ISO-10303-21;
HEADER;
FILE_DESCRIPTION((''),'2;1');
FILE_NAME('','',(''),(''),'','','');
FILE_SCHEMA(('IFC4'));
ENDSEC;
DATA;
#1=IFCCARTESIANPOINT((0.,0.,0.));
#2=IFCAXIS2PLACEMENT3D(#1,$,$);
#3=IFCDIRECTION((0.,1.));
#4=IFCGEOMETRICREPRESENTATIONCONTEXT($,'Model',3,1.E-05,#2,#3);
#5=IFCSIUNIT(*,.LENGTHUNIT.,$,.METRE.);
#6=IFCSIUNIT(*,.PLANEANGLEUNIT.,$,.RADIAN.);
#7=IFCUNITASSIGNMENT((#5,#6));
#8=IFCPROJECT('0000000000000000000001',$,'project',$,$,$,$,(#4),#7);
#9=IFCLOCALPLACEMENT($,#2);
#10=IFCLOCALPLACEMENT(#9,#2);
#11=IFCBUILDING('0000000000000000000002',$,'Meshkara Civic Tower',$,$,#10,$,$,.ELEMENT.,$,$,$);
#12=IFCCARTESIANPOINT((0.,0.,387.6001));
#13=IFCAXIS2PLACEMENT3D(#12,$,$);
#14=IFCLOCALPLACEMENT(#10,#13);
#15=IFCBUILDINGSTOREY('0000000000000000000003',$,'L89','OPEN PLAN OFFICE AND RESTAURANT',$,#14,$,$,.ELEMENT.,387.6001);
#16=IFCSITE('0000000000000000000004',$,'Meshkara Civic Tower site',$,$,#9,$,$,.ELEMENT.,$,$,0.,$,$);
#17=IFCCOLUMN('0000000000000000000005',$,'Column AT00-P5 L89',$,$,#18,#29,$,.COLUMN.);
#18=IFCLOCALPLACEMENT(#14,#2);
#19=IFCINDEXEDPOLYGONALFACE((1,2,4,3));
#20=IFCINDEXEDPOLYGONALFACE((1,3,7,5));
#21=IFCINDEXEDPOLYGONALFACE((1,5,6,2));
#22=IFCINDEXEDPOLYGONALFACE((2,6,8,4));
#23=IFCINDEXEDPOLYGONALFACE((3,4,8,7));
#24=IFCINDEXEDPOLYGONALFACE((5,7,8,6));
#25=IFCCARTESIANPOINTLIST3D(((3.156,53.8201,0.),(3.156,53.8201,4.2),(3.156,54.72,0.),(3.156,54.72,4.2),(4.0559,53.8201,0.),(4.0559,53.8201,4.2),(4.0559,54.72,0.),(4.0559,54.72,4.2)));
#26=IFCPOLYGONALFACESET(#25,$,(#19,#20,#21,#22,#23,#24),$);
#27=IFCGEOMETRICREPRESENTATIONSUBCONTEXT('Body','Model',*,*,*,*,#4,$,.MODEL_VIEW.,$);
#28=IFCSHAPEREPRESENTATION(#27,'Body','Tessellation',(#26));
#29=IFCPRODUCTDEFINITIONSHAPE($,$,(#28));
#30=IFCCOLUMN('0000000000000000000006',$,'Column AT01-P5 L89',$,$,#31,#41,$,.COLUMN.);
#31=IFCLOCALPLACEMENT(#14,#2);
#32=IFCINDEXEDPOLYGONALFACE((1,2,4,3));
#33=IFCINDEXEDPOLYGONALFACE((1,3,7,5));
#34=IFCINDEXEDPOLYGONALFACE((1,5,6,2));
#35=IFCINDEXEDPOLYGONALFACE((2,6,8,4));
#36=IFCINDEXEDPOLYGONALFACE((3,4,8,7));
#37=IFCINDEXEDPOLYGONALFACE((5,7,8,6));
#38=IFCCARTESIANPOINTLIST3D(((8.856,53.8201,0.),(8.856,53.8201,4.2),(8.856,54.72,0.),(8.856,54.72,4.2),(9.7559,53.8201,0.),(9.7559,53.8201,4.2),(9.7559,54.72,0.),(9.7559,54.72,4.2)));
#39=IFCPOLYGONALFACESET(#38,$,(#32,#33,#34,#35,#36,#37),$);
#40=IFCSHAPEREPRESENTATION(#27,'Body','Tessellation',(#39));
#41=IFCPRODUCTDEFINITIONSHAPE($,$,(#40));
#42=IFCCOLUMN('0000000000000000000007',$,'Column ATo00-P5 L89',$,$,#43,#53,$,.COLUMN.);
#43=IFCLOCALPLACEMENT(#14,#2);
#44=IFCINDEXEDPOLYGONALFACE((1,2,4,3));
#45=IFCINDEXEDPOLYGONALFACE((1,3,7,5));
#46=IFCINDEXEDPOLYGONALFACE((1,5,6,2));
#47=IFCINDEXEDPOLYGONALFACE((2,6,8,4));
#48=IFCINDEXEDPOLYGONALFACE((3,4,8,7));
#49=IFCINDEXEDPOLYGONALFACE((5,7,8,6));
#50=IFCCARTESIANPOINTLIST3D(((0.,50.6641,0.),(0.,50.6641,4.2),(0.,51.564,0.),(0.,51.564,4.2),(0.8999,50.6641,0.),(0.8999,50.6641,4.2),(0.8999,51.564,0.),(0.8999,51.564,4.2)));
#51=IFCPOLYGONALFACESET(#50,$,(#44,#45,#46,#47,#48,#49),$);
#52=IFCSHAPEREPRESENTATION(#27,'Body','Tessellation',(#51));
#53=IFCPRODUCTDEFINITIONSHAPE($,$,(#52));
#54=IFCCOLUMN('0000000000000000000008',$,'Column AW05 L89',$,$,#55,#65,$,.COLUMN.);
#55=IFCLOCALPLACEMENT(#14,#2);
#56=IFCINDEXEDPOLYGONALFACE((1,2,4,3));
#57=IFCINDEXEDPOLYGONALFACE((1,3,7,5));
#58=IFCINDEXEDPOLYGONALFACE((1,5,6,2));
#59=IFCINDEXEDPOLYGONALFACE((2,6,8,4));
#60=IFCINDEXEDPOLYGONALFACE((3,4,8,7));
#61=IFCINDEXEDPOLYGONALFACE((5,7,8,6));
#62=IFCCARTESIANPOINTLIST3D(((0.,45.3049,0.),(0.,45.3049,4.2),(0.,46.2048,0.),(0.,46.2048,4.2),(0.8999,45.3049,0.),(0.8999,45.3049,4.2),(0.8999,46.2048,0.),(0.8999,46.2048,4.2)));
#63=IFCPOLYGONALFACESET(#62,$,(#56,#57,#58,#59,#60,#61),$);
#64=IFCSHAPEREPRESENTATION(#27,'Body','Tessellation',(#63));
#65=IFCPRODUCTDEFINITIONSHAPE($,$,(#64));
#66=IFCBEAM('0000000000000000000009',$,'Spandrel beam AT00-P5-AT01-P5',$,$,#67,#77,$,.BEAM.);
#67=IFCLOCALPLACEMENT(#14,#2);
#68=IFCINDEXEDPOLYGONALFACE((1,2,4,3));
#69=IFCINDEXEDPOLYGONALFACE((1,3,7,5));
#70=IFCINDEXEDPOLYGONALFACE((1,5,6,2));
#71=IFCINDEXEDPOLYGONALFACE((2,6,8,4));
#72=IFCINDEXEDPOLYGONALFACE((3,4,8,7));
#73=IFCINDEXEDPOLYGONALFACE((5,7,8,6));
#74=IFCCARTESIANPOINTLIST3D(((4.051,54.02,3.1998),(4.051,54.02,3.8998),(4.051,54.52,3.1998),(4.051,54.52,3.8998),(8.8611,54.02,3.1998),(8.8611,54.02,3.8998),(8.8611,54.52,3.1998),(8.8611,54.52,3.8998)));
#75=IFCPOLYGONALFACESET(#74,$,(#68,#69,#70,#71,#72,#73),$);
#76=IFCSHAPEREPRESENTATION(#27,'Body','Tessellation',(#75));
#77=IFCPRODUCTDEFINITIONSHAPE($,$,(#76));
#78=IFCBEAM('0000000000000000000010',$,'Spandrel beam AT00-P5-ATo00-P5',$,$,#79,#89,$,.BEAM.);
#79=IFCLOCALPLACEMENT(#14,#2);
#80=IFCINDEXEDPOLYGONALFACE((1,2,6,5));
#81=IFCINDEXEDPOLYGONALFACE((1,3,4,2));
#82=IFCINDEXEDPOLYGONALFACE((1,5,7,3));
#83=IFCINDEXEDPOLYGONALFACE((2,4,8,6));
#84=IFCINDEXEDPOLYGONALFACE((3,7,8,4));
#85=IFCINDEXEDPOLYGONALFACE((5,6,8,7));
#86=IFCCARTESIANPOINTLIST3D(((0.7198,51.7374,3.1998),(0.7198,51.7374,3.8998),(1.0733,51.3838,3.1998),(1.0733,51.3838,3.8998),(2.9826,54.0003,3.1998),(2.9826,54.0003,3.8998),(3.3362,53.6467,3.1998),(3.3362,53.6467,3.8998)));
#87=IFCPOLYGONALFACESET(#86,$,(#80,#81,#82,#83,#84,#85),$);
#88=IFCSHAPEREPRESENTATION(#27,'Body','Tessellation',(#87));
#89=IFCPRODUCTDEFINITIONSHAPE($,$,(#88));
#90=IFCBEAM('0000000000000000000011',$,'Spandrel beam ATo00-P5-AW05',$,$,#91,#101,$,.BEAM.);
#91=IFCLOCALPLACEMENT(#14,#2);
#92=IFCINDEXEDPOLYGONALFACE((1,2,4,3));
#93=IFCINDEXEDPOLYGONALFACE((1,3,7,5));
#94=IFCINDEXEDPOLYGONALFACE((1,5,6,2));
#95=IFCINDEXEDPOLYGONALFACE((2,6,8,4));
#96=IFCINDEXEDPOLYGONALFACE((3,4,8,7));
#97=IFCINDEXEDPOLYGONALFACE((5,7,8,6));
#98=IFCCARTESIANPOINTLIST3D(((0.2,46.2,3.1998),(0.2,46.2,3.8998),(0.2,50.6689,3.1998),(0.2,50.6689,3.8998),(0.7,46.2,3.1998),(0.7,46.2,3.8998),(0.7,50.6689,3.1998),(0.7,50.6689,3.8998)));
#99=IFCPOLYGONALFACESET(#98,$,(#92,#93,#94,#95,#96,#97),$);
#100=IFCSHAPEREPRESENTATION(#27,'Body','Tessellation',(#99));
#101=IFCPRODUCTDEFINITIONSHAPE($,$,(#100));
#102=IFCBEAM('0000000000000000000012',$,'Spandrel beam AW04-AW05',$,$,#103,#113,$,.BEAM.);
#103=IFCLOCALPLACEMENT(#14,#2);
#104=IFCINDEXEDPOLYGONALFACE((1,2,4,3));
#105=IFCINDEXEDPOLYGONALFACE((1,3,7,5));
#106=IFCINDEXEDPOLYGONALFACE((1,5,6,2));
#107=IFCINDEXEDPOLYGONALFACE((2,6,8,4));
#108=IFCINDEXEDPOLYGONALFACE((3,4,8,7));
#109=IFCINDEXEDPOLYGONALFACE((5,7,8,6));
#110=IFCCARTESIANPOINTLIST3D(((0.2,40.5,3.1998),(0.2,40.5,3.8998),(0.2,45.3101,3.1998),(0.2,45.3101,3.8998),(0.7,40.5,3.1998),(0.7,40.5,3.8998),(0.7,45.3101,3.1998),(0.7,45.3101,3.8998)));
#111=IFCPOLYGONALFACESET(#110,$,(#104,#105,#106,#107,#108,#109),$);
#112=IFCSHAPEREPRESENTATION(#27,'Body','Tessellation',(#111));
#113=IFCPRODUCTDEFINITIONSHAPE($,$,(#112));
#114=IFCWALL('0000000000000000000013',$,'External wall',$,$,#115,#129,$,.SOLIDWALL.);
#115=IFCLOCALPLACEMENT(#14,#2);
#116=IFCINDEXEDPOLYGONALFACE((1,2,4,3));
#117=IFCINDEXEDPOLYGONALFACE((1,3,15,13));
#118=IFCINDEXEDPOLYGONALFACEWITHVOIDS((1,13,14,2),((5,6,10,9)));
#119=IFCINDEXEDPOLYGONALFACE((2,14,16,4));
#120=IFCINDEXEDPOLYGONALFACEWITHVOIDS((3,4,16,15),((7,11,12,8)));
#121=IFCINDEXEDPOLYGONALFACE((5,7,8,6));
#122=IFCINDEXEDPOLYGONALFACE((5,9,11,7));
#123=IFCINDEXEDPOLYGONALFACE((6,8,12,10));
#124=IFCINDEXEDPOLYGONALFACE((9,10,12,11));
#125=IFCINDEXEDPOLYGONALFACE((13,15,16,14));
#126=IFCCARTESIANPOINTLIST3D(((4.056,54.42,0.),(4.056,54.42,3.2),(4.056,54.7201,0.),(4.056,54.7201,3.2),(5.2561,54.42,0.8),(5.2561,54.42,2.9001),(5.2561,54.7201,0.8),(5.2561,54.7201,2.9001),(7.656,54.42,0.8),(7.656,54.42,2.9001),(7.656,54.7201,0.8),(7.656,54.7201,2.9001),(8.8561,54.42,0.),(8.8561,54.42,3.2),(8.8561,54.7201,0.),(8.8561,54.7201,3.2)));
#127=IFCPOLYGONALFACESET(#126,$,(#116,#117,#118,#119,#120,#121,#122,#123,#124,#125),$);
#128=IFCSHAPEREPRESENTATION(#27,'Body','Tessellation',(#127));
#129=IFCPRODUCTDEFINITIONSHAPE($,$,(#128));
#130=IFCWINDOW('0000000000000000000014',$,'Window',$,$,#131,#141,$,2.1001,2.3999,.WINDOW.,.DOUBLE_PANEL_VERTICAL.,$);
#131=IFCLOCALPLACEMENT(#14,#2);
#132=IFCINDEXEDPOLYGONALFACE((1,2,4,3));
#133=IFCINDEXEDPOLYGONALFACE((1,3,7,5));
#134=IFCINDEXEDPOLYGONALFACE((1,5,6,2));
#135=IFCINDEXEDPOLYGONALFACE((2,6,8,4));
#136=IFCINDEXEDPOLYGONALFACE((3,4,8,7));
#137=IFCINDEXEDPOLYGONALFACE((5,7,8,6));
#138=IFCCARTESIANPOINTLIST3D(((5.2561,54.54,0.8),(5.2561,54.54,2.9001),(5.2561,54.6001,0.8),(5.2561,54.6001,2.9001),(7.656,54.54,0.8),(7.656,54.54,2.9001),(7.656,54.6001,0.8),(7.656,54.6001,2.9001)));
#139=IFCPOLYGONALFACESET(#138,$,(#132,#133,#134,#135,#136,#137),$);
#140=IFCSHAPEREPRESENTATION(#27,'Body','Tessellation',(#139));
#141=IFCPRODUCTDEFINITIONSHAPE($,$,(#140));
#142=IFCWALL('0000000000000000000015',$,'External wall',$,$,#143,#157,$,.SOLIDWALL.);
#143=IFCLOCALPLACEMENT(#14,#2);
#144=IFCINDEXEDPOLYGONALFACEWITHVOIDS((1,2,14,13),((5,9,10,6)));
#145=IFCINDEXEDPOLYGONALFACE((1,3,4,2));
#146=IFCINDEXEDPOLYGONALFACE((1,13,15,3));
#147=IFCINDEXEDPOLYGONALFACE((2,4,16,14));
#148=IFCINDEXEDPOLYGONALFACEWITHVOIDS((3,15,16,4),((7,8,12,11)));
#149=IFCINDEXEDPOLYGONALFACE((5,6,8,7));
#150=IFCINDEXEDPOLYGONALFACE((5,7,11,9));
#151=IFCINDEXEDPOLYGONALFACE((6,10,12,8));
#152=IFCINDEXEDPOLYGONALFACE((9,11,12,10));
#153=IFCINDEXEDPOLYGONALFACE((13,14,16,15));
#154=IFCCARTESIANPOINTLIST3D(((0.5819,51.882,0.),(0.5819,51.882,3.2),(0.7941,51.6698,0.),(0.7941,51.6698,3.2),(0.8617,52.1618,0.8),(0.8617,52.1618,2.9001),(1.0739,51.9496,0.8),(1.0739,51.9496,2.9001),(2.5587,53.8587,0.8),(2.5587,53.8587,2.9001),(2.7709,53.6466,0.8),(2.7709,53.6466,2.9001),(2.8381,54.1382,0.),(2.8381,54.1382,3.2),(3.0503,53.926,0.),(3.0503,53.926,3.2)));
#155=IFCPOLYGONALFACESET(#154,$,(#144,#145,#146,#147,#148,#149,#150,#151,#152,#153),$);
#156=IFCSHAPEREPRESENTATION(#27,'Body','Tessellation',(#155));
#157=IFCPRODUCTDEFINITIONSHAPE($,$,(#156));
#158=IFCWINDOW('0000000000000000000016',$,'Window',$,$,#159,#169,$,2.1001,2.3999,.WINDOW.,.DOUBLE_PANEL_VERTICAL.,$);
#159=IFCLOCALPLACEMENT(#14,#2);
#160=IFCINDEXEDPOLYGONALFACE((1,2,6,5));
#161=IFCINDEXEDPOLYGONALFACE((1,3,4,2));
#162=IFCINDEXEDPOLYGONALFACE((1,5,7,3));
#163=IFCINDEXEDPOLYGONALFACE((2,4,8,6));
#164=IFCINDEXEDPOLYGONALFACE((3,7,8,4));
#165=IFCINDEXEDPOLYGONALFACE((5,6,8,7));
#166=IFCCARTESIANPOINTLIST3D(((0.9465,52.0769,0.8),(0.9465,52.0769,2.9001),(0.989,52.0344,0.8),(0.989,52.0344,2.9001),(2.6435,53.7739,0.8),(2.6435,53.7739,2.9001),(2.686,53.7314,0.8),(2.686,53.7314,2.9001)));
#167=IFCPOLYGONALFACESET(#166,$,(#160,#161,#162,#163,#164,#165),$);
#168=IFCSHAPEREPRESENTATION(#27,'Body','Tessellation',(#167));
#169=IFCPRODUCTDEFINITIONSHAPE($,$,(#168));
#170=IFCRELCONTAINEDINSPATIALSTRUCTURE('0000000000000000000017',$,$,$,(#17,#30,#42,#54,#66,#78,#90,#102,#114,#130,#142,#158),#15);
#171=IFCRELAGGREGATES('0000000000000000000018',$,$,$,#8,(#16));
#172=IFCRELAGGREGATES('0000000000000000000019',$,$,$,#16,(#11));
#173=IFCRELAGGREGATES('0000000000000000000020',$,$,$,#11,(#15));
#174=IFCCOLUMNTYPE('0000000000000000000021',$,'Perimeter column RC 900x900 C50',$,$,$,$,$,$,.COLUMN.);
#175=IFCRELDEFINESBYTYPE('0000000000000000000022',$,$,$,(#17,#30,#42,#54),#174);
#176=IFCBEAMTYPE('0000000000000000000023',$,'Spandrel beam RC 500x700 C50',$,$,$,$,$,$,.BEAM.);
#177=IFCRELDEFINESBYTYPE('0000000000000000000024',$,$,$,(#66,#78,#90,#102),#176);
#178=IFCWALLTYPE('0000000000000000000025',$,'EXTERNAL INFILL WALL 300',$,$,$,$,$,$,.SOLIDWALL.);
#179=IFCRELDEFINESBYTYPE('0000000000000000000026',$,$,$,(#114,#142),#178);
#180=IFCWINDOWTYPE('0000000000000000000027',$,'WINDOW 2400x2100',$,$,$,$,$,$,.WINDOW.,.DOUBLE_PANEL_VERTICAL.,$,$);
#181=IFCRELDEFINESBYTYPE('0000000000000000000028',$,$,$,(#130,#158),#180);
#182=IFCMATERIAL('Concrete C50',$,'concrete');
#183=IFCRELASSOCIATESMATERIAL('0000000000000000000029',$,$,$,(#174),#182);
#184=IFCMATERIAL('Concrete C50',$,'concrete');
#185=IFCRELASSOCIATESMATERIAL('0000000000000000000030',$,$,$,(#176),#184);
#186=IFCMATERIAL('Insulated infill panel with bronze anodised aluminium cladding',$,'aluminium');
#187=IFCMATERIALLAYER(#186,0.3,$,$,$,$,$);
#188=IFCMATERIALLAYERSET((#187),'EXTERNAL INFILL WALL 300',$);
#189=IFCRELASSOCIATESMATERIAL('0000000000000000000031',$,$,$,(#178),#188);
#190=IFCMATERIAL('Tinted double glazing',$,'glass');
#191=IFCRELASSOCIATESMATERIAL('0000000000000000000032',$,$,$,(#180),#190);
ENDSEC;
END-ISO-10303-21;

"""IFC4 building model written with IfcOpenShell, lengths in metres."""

from ifc_helpers import new_model, si_unit, direction, frame, frame_2d, origin, origin_2d, place, context, subcontext, project, spatial, rectangle, extrude, material, layer, layer_set, material_profile, profile_set, type_object, element, fill, save


model = new_model("IFC4")

# Units and contexts
model_context = context("Model", 3, precision=1e-05, world=origin(), true_north=direction((0.0, 1.0)))
body_context = subcontext(model_context, "Body", "Model", "MODEL_VIEW")
ifc_project = project(units=[si_unit("LENGTHUNIT", "METRE"), si_unit("PLANEANGLEUNIT", "RADIAN")], contexts=[model_context])

# Site, building, storey
site_placement = place(None, origin())
site = spatial("IfcSite", under=ifc_project, at=site_placement, Name="Meshkara Civic Tower site", CompositionType="ELEMENT", RefElevation=0.0)
building_placement = place(site_placement, origin())
building = spatial("IfcBuilding", under=site, at=building_placement, Name="Meshkara Civic Tower", CompositionType="ELEMENT")
storey_placement = place(building_placement, frame((0.0, 0.0, 387.6001)))
storey = spatial("IfcBuildingStorey", under=building, at=storey_placement, Name="L89", Description="OPEN PLAN OFFICE AND RESTAURANT", CompositionType="ELEMENT", Elevation=387.6001)

# Columns
ifc_material_1 = material(Name="Concrete C50", Category="concrete")
ifc_material_profile_1 = material_profile(ifc_material_1, rectangle(XDim=0.8999, YDim=0.8999, at=origin_2d()))
ifc_profile_set_1 = profile_set([ifc_material_profile_1], Name="Concrete C50")
column_type = type_object("IfcColumnType", Name="Perimeter column RC 900x900 C50", PredefinedType="COLUMN", material=ifc_profile_set_1)
for number, where, z_axis, x_axis, name in (
    (1, (3.606, 54.27, 0.0), (0.0, 0.0, 1.0), (1.0, 0.0, 0.0), "Column AT00-P5 L89"),
    (2, (9.3059, 54.27, 0.0), (0.0, 0.0, 1.0), (1.0, 0.0, 0.0), "Column AT01-P5 L89"),
    (3, (0.45, 51.114, 0.0), (0.0, 0.0, 1.0), (1.0, 0.0, 0.0), "Column ATo00-P5 L89"),
    (4, (0.45, 45.7549, 0.0), (0.0, 0.0, 1.0), (1.0, 0.0, 0.0), "Column AW05 L89"),
):
    element("IfcColumn", number, at=place(storey_placement, frame(where, z_axis=z_axis, x_axis=x_axis)), inside=storey, type_object=column_type, Name=name, PredefinedType="COLUMN", context=body_context, shape_type="SweptSolid", body=[
        extrude(rectangle(XDim=0.8999, YDim=0.8999, at=origin_2d()), origin(), (0.0, 0.0, 1.0), 4.2),
    ])

# Beams
ifc_material_2 = material(Name="Concrete C50", Category="concrete")
ifc_material_profile_2 = material_profile(ifc_material_2, rectangle(XDim=0.5, YDim=0.7, at=origin_2d()))
ifc_profile_set_2 = profile_set([ifc_material_profile_2], Name="Concrete C50")
beam_type = type_object("IfcBeamType", Name="Spandrel beam RC 500x700 C50", PredefinedType="BEAM", material=ifc_profile_set_2)
beam_1_placement = place(storey_placement, frame((8.8611, 54.27, 3.5498), z_axis=(-1.0, 0.0, 0.0), x_axis=(0.0, -1.0, 0.0)))
element("IfcBeam", 5, at=beam_1_placement, inside=storey, type_object=beam_type, Name="Spandrel beam AT00-P5-AT01-P5", PredefinedType="BEAM", context=body_context, shape_type="SweptSolid", body=[
    extrude(rectangle(XDim=0.5, YDim=0.7, at=origin_2d()), origin(), (0.0, 0.0, 1.0), 4.8101),
])
beam_2_placement = place(storey_placement, frame((3.1594, 53.8235, 3.5498), z_axis=(-0.707107, -0.707107, 0.0), x_axis=(0.707107, -0.707107, 0.0)))
element("IfcBeam", 6, at=beam_2_placement, inside=storey, type_object=beam_type, Name="Spandrel beam AT00-P5-ATo00-P5", PredefinedType="BEAM", context=body_context, shape_type="SweptSolid", body=[
    extrude(rectangle(XDim=0.5, YDim=0.7, at=origin_2d()), origin(), (0.0, 0.0, 1.0), 3.2002),
])
beam_3_placement = place(storey_placement, frame((0.45, 50.6689, 3.5498), z_axis=(0.0, -1.0, 0.0), x_axis=(1.0, 0.0, 0.0)))
element("IfcBeam", 7, at=beam_3_placement, inside=storey, type_object=beam_type, Name="Spandrel beam ATo00-P5-AW05", PredefinedType="BEAM", context=body_context, shape_type="SweptSolid", body=[
    extrude(rectangle(XDim=0.5, YDim=0.7, at=origin_2d()), origin(), (0.0, 0.0, 1.0), 4.469),
])
beam_4_placement = place(storey_placement, frame((0.45, 45.3101, 3.5498), z_axis=(0.0, -1.0, 0.0), x_axis=(1.0, 0.0, 0.0)))
element("IfcBeam", 8, at=beam_4_placement, inside=storey, type_object=beam_type, Name="Spandrel beam AW04-AW05", PredefinedType="BEAM", context=body_context, shape_type="SweptSolid", body=[
    extrude(rectangle(XDim=0.5, YDim=0.7, at=origin_2d()), origin(), (0.0, 0.0, 1.0), 4.8101),
])

# Walls, openings, windows
ifc_material_3 = material(Name="Insulated infill panel with bronze anodised aluminium cladding", Category="aluminium")
ifc_layer_1 = layer(ifc_material_3, 0.3)
ifc_layer_set_1 = layer_set([ifc_layer_1], Name="EXTERNAL INFILL WALL 300")
wall_type_1 = type_object("IfcWallType", Name="EXTERNAL INFILL WALL 300", PredefinedType="SOLIDWALL", material=ifc_layer_set_1)
wall_1_placement = place(storey_placement, frame((8.856, 54.5701, 0.0), z_axis=(0.0, 0.0, 1.0), x_axis=(-1.0, 0.0, 0.0)))
wall_1 = element("IfcWall", 9, at=wall_1_placement, inside=storey, type_object=wall_type_1, Name="External wall", PredefinedType="SOLIDWALL", context=body_context, shape_type="SweptSolid", body=[
    extrude(rectangle(XDim=4.8, YDim=0.3, at=frame_2d((2.3999, 0.0))), origin(), (0.0, 0.0, 1.0), 3.2),
])
opening_1_placement = place(wall_1_placement, frame((1.2, 0.0, 0.8)))
opening_1 = element("IfcOpeningElement", 10, at=opening_1_placement, cuts=wall_1, PredefinedType="OPENING", context=body_context, shape_type="SweptSolid", body=[
    extrude(rectangle(XDim=2.3999, YDim=2.1001, at=frame_2d((1.2, 1.05))), frame((0.0, 0.1599, 0.0), z_axis=(0.0, -1.0, 0.0), x_axis=(1.0, 0.0, 0.0)), (0.0, 0.0, 1.0), 0.3201),
])
ifc_material_4 = material(Name="Tinted double glazing", Category="glass")
window_type = type_object("IfcWindowType", Name="WINDOW 2400x2100", PartitioningType="DOUBLE_PANEL_VERTICAL", PredefinedType="WINDOW", material=ifc_material_4)
window_1_placement = place(opening_1_placement, origin())
window_1 = element("IfcWindow", 11, at=window_1_placement, inside=storey, type_object=window_type, Name="Window", OverallHeight=2.1001, OverallWidth=2.3999, PartitioningType="DOUBLE_PANEL_VERTICAL", PredefinedType="WINDOW", context=body_context, shape_type="SweptSolid", body=[
    extrude(rectangle(XDim=2.3999, YDim=2.1001, at=frame_2d((1.2, 1.05))), frame((0.0, 0.03, 0.0), z_axis=(0.0, -1.0, 0.0), x_axis=(1.0, 0.0, 0.0)), (0.0, 0.0, 1.0), 0.0601),
])
fill(opening_1, window_1)
wall_2_placement = place(storey_placement, frame((2.9441, 54.032, 0.0), z_axis=(0.0, 0.0, 1.0), x_axis=(-0.707107, -0.707107, 0.0)))
wall_2 = element("IfcWall", 12, at=wall_2_placement, inside=storey, type_object=wall_type_1, Name="External wall", PredefinedType="SOLIDWALL", context=body_context, shape_type="SweptSolid", body=[
    extrude(rectangle(XDim=3.1907, YDim=0.3, at=frame_2d((1.5952, 0.0))), origin(), (0.0, 0.0, 1.0), 3.2),
])
opening_2_placement = place(wall_2_placement, frame((0.395, 0.0, 0.8)))
opening_2 = element("IfcOpeningElement", 13, at=opening_2_placement, cuts=wall_2, PredefinedType="OPENING", context=body_context, shape_type="SweptSolid", body=[
    extrude(rectangle(XDim=2.3999, YDim=2.1001, at=frame_2d((1.2, 1.05))), frame((0.0, 0.1599, 0.0), z_axis=(0.0, -1.0, 0.0), x_axis=(1.0, 0.0, 0.0)), (0.0, 0.0, 1.0), 0.3201),
])
window_2_placement = place(opening_2_placement, origin())
window_2 = element("IfcWindow", 14, at=window_2_placement, inside=storey, type_object=window_type, Name="Window", OverallHeight=2.1001, OverallWidth=2.3999, PartitioningType="DOUBLE_PANEL_VERTICAL", PredefinedType="WINDOW", context=body_context, shape_type="SweptSolid", body=[
    extrude(rectangle(XDim=2.3999, YDim=2.1001, at=frame_2d((1.2, 1.05))), frame((0.0, 0.03, 0.0), z_axis=(0.0, -1.0, 0.0), x_axis=(1.0, 0.0, 0.0)), (0.0, 0.0, 1.0), 0.0601),
])
fill(opening_2, window_2)

save(model, "model.ifc")
